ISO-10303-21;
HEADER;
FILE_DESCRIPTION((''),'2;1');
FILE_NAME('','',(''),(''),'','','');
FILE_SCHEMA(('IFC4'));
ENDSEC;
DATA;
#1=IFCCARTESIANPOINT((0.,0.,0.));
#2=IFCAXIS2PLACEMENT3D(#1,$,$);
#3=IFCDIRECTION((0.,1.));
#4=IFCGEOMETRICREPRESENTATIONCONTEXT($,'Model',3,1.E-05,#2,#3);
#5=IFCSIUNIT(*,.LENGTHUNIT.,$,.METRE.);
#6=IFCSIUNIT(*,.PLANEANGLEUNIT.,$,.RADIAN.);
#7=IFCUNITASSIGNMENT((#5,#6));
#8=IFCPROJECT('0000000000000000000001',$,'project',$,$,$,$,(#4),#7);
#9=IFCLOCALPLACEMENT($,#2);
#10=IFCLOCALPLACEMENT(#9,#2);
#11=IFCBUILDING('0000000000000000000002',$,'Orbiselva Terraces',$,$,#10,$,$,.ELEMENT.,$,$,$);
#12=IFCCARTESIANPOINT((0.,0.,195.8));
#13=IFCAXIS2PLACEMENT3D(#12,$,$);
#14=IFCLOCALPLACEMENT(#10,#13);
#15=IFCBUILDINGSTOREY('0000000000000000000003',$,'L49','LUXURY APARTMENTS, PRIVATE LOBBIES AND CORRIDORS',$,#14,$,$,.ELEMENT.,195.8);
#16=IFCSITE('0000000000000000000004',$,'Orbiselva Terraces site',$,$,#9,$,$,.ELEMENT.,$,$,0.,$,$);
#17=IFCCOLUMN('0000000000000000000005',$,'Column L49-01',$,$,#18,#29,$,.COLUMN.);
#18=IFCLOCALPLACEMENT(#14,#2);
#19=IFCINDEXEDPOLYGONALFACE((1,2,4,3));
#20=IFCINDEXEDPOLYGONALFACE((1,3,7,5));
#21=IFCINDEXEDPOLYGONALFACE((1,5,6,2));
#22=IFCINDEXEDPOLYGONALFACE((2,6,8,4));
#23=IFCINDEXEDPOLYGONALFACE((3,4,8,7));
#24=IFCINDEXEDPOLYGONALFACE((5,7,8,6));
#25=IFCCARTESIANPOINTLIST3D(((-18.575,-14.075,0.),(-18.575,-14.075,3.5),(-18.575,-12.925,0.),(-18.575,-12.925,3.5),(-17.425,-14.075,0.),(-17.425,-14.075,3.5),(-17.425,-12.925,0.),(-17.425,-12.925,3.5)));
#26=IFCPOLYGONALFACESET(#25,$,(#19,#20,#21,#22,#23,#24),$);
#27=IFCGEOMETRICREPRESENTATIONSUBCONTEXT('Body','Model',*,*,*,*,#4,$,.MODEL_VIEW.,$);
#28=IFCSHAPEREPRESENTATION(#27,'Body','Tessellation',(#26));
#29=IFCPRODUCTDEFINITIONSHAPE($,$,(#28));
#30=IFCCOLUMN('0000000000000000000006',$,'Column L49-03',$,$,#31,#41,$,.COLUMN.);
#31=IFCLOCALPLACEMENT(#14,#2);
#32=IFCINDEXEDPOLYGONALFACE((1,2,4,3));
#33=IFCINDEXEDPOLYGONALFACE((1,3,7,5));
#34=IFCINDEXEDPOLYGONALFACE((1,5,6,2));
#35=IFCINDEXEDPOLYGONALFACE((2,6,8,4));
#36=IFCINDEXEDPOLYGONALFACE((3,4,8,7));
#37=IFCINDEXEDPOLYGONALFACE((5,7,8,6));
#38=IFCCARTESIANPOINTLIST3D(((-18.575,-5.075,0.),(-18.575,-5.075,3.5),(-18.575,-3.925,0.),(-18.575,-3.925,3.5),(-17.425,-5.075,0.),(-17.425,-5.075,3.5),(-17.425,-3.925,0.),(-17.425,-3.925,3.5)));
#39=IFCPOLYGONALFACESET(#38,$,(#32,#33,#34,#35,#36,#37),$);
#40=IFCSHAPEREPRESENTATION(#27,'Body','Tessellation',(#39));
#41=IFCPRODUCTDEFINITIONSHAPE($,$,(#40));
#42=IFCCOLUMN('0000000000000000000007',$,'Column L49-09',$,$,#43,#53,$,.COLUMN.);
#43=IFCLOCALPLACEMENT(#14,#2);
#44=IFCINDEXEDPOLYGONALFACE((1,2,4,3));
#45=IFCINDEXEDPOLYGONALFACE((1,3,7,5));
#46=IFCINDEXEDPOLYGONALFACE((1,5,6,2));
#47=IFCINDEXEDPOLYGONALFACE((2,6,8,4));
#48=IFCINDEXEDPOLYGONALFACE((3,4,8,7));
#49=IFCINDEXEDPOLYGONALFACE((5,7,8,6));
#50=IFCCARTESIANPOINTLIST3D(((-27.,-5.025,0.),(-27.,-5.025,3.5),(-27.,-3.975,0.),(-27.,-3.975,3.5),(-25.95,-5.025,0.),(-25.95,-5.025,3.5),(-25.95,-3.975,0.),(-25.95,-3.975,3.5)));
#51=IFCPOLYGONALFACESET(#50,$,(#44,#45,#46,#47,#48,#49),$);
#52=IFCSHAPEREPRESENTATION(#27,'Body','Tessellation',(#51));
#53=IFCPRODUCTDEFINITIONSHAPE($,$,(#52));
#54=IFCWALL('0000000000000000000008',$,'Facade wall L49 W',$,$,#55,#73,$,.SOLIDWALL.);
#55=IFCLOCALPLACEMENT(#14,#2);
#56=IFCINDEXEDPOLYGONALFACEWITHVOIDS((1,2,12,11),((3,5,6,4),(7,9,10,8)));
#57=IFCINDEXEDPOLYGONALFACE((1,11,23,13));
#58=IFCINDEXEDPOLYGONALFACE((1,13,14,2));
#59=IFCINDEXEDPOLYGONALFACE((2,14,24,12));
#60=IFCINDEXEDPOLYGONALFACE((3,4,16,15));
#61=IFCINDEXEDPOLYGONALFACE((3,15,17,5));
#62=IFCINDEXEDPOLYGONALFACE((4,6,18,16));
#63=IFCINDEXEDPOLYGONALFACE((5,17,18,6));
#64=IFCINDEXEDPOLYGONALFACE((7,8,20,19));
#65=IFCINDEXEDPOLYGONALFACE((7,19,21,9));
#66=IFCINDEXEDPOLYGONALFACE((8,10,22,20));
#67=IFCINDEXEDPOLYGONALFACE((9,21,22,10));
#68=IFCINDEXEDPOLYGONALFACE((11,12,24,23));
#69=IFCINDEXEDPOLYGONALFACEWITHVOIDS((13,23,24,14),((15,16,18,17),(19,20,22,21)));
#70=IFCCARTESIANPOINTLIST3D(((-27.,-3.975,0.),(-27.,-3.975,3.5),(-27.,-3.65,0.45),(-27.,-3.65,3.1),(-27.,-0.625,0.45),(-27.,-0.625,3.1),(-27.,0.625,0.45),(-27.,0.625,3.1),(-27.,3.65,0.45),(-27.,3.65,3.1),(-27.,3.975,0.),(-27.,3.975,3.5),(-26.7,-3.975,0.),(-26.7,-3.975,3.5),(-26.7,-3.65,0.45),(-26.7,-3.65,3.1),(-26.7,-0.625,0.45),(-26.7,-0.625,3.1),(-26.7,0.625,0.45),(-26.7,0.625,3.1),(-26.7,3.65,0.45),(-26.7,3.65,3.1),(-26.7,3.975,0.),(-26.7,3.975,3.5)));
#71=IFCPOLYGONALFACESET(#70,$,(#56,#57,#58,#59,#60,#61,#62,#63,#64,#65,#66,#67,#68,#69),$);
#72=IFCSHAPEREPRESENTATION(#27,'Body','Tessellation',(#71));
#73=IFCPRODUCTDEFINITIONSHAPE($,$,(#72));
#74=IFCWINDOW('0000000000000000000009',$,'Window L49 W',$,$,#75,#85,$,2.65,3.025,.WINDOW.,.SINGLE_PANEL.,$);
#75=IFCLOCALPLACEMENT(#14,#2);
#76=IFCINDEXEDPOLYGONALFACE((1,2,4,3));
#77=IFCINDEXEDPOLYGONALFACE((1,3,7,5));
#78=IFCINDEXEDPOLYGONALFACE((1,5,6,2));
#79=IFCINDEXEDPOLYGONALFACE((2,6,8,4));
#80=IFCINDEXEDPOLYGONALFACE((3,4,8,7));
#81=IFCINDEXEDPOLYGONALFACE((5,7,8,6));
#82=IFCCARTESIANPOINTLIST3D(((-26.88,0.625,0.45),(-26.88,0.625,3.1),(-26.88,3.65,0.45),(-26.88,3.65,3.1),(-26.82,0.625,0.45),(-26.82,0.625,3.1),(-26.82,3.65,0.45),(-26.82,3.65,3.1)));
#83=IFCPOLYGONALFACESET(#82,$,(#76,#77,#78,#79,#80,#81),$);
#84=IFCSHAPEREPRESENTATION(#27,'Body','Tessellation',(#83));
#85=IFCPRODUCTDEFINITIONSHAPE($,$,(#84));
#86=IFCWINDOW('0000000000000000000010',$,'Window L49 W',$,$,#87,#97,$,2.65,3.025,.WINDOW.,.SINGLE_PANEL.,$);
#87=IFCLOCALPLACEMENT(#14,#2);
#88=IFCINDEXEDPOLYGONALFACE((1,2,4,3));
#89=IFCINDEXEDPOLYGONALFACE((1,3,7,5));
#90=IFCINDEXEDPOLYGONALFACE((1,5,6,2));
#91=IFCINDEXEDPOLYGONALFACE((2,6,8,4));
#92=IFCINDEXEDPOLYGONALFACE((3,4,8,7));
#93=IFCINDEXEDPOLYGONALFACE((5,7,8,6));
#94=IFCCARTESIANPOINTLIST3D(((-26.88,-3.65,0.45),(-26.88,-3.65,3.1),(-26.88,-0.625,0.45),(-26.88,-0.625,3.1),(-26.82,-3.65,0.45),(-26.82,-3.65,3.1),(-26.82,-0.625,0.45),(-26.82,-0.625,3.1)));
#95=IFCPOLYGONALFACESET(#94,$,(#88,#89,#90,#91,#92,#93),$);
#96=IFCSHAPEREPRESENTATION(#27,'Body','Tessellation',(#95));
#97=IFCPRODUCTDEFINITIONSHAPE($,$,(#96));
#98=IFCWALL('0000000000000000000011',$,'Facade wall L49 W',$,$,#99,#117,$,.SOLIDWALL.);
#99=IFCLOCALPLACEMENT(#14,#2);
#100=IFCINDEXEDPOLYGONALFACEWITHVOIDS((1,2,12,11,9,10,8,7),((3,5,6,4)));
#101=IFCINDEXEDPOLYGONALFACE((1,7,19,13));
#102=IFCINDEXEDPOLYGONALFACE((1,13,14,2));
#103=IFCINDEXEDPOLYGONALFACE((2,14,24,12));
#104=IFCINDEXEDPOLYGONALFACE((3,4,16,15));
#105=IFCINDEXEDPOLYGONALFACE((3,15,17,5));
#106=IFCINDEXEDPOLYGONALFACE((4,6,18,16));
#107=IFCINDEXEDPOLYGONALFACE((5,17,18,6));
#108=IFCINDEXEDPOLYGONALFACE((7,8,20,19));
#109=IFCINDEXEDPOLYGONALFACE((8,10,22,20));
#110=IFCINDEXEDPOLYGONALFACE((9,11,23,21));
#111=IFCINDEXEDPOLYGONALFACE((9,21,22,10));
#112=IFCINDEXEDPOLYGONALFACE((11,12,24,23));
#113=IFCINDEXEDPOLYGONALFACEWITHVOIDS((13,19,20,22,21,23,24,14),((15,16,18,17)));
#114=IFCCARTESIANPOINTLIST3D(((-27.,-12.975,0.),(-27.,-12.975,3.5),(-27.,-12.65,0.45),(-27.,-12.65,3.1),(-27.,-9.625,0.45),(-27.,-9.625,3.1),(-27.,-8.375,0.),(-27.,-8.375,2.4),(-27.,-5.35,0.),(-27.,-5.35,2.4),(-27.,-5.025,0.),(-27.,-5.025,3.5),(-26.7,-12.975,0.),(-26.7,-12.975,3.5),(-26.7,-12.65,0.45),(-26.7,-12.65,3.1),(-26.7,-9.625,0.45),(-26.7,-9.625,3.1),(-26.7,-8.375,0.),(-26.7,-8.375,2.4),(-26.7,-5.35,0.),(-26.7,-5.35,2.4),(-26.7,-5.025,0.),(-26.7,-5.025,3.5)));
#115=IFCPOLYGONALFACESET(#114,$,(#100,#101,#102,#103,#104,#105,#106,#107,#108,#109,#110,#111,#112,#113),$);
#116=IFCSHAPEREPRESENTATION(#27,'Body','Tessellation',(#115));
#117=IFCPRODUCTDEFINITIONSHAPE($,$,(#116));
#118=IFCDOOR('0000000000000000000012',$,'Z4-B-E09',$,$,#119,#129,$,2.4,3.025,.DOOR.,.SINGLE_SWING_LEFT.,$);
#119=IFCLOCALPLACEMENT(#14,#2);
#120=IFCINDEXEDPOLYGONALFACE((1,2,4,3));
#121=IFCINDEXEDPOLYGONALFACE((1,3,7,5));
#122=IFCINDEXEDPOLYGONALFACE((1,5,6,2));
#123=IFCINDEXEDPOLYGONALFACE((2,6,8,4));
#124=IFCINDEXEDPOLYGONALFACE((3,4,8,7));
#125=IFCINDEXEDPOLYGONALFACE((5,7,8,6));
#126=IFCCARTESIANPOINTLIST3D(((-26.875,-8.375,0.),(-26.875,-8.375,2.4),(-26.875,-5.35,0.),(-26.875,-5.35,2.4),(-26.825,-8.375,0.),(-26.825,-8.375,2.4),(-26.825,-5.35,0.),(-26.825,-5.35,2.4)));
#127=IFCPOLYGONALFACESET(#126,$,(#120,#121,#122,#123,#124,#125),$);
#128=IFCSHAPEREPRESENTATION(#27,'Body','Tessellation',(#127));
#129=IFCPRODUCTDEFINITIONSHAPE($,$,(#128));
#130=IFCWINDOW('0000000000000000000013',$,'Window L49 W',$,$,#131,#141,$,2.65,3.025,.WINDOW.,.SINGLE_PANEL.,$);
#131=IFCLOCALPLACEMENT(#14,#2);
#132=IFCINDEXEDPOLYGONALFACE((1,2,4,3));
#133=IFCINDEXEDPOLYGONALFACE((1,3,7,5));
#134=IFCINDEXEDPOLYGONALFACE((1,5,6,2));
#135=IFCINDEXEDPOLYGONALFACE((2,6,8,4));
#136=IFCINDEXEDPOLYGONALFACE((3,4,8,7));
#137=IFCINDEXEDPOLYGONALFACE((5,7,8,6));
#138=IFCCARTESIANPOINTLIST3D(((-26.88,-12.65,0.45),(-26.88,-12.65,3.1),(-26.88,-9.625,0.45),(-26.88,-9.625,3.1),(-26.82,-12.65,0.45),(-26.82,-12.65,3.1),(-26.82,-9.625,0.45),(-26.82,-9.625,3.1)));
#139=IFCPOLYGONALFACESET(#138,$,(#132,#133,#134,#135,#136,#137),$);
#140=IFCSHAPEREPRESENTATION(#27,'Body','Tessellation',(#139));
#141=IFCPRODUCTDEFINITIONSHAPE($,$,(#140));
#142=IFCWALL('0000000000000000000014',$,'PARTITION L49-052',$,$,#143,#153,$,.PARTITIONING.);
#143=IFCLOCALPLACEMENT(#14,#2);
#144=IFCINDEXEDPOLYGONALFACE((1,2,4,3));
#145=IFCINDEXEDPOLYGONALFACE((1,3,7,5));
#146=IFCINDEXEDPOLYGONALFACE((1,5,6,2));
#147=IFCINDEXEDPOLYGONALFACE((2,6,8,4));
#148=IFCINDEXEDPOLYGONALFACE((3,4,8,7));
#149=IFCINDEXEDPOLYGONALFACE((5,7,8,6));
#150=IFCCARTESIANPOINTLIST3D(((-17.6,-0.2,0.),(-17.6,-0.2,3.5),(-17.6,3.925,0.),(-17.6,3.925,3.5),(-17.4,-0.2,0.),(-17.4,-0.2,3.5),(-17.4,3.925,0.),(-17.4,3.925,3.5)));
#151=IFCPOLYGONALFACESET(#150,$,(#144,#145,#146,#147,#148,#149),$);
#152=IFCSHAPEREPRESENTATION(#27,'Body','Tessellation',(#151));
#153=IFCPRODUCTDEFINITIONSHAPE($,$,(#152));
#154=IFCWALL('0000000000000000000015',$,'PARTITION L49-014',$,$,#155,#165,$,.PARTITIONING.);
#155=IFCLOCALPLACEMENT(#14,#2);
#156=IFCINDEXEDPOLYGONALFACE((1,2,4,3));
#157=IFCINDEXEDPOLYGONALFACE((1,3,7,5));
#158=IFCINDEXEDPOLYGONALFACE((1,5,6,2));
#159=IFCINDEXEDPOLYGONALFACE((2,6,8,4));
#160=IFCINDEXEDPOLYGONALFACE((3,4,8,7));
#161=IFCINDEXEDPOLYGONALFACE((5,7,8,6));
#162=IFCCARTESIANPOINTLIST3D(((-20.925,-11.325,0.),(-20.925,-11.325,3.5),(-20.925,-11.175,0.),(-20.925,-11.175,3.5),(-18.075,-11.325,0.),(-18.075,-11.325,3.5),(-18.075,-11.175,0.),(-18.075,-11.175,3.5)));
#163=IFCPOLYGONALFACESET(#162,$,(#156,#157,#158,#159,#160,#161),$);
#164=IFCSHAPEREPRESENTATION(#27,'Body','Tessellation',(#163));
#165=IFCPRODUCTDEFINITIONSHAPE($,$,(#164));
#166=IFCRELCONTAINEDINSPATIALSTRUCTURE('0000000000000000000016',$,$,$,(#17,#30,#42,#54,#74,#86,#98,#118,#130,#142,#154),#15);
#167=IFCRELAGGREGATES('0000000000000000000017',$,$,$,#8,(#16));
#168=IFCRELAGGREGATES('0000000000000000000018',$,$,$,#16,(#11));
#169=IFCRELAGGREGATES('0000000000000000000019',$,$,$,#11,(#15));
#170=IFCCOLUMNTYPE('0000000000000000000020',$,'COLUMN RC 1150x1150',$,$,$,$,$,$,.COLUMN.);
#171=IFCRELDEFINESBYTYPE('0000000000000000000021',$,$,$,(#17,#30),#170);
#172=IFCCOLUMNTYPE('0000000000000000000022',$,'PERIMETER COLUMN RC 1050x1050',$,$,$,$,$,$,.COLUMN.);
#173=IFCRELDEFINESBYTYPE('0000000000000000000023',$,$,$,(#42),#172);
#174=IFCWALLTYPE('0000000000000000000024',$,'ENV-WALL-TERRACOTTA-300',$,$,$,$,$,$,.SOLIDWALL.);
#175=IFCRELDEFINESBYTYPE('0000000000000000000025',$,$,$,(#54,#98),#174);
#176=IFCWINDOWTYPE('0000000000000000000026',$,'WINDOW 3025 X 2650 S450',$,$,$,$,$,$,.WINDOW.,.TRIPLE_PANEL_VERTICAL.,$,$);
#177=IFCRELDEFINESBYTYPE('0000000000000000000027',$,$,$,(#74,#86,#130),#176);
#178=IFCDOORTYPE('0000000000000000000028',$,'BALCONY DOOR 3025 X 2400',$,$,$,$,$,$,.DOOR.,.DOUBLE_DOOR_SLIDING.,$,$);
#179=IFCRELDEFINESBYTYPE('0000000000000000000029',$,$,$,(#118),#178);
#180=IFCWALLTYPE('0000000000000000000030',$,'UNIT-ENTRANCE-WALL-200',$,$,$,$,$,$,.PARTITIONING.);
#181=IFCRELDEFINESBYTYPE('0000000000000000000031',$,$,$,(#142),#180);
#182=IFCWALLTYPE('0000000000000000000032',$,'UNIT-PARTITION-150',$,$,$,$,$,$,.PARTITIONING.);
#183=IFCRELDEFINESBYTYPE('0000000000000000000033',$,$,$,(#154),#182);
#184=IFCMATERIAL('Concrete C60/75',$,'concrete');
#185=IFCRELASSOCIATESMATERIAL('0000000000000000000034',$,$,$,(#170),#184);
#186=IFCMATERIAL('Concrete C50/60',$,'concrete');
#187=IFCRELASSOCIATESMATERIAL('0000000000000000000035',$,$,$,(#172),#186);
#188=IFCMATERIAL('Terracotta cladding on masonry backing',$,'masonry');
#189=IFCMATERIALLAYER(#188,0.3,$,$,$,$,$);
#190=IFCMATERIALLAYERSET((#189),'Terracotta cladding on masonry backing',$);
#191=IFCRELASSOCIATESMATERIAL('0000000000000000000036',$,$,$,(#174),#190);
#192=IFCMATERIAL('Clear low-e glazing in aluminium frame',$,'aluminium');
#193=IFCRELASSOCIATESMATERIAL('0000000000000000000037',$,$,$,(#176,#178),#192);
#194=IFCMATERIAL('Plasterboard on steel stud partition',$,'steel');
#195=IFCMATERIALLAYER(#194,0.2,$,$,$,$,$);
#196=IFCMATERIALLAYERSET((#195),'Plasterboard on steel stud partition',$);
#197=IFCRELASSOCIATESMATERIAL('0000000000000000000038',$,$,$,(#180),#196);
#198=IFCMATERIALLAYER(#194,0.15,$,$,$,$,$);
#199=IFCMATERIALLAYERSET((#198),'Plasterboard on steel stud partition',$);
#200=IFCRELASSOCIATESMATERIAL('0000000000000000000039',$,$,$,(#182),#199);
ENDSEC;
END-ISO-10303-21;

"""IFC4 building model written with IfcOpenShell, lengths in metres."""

from ifc_helpers import new_model, si_unit, direction, frame, frame_2d, origin, origin_2d, place, context, subcontext, project, spatial, rectangle, extrude, material, layer, layer_set, material_profile, profile_set, type_object, element, fill, save


model = new_model("IFC4")

# Units and contexts
model_context = context("Model", 3, precision=1e-05, world=origin(), true_north=direction((0.0, 1.0)))
body_context = subcontext(model_context, "Body", "Model", "MODEL_VIEW")
ifc_project = project(units=[si_unit("LENGTHUNIT", "METRE"), si_unit("PLANEANGLEUNIT", "RADIAN")], contexts=[model_context])

# Site, building, storey
site_placement = place(None, origin())
site = spatial("IfcSite", under=ifc_project, at=site_placement, Name="Orbiselva Terraces site", CompositionType="ELEMENT", RefElevation=0.0)
building_placement = place(site_placement, origin())
building = spatial("IfcBuilding", under=site, at=building_placement, Name="Orbiselva Terraces", CompositionType="ELEMENT")
storey_placement = place(building_placement, frame((0.0, 0.0, 195.8)))
storey = spatial("IfcBuildingStorey", under=building, at=storey_placement, Name="L49", Description="LUXURY APARTMENTS, PRIVATE LOBBIES AND CORRIDORS", CompositionType="ELEMENT", Elevation=195.8)

# Columns
ifc_material_1 = material(Name="Concrete C60/75", Category="concrete")
ifc_material_profile_1 = material_profile(ifc_material_1, rectangle(XDim=1.15, YDim=1.15, at=origin_2d()), Name="RC 1150x1150")
ifc_profile_set_1 = profile_set([ifc_material_profile_1], Name="Concrete C60/75")
column_type_1 = type_object("IfcColumnType", Name="COLUMN RC 1150x1150", PredefinedType="COLUMN", material=ifc_profile_set_1)
for number, where, z_axis, x_axis, name in (
    (1, (-18.0, -13.5, 0.0), (0.0, 0.0, 1.0), (1.0, 0.0, 0.0), "Column L49-01"),
    (2, (-18.0, -4.5, 0.0), (0.0, 0.0, 1.0), (1.0, 0.0, 0.0), "Column L49-03"),
):
    element("IfcColumn", number, at=place(storey_placement, frame(where, z_axis=z_axis, x_axis=x_axis)), inside=storey, type_object=column_type_1, Name=name, PredefinedType="COLUMN", context=body_context, shape_type="SweptSolid", body=[
        extrude(rectangle(XDim=1.15, YDim=1.15, at=origin_2d()), origin(), (0.0, 0.0, 1.0), 3.5),
    ])
ifc_material_2 = material(Name="Concrete C50/60", Category="concrete")
ifc_material_profile_2 = material_profile(ifc_material_2, rectangle(XDim=1.05, YDim=1.05, at=origin_2d()), Name="RC 1050x1050")
ifc_profile_set_2 = profile_set([ifc_material_profile_2], Name="Concrete C50/60")
column_type_2 = type_object("IfcColumnType", Name="PERIMETER COLUMN RC 1050x1050", PredefinedType="COLUMN", material=ifc_profile_set_2)
column_placement = place(storey_placement, frame((-26.475, -4.5, 0.0), z_axis=(0.0, 0.0, 1.0), x_axis=(1.0, 0.0, 0.0)))
element("IfcColumn", 3, at=column_placement, inside=storey, type_object=column_type_2, Name="Column L49-09", PredefinedType="COLUMN", context=body_context, shape_type="SweptSolid", body=[
    extrude(rectangle(XDim=1.05, YDim=1.05, at=origin_2d()), origin(), (0.0, 0.0, 1.0), 3.5),
])

# Wall, openings, windows
ifc_material_3 = material(Name="Terracotta cladding on masonry backing", Category="masonry")
ifc_layer_1 = layer(ifc_material_3, 0.3)
ifc_layer_set_1 = layer_set([ifc_layer_1], Name="Terracotta cladding on masonry backing")
wall_type_1 = type_object("IfcWallType", Name="ENV-WALL-TERRACOTTA-300", PredefinedType="SOLIDWALL", material=ifc_layer_set_1)
wall_1_placement = place(storey_placement, frame((-26.85, -3.975, 0.0), z_axis=(0.0, 0.0, 1.0), x_axis=(0.0, 1.0, 0.0)))
wall_1 = element("IfcWall", 4, at=wall_1_placement, inside=storey, type_object=wall_type_1, Name="Facade wall L49 W", PredefinedType="SOLIDWALL", context=body_context, shape_type="SweptSolid", body=[
    extrude(rectangle(XDim=7.95, YDim=0.3, at=frame_2d((3.975, 0.0))), origin(), (0.0, 0.0, 1.0), 3.5),
])
opening_1_placement = place(wall_1_placement, frame((4.6, 0.0, 0.45)))
opening_1 = element("IfcOpeningElement", 5, at=opening_1_placement, cuts=wall_1, PredefinedType="OPENING", context=body_context, shape_type="SweptSolid", body=[
    extrude(rectangle(XDim=3.025, YDim=2.65, at=frame_2d((1.5125, 1.325))), frame((0.0, 0.16, 0.0), z_axis=(0.0, -1.0, 0.0), x_axis=(1.0, 0.0, 0.0)), (0.0, 0.0, 1.0), 0.32),
])
opening_2_placement = place(wall_1_placement, frame((0.325, 0.0, 0.45)))
opening_2 = element("IfcOpeningElement", 6, at=opening_2_placement, cuts=wall_1, PredefinedType="OPENING", context=body_context, shape_type="SweptSolid", body=[
    extrude(rectangle(XDim=3.025, YDim=2.65, at=frame_2d((1.5125, 1.325))), frame((0.0, 0.16, 0.0), z_axis=(0.0, -1.0, 0.0), x_axis=(1.0, 0.0, 0.0)), (0.0, 0.0, 1.0), 0.32),
])
ifc_material_4 = material(Name="Clear low-e glazing in aluminium frame", Category="aluminium")
window_type = type_object("IfcWindowType", Name="WINDOW 3025 X 2650 S450", PartitioningType="TRIPLE_PANEL_VERTICAL", PredefinedType="WINDOW", material=ifc_material_4)
window_1_placement = place(opening_1_placement, origin())
window_1 = element("IfcWindow", 7, at=window_1_placement, inside=storey, type_object=window_type, Name="Window L49 W", OverallHeight=2.65, OverallWidth=3.025, PartitioningType="SINGLE_PANEL", PredefinedType="WINDOW", context=body_context, shape_type="SweptSolid", body=[
    extrude(rectangle(XDim=3.025, YDim=2.65, at=frame_2d((1.5125, 1.325))), frame((0.0, 0.03, 0.0), z_axis=(0.0, -1.0, 0.0), x_axis=(1.0, 0.0, 0.0)), (0.0, 0.0, 1.0), 0.06),
])
fill(opening_1, window_1)
window_2_placement = place(opening_2_placement, origin())
window_2 = element("IfcWindow", 8, at=window_2_placement, inside=storey, type_object=window_type, Name="Window L49 W", OverallHeight=2.65, OverallWidth=3.025, PartitioningType="SINGLE_PANEL", PredefinedType="WINDOW", context=body_context, shape_type="SweptSolid", body=[
    extrude(rectangle(XDim=3.025, YDim=2.65, at=frame_2d((1.5125, 1.325))), frame((0.0, 0.03, 0.0), z_axis=(0.0, -1.0, 0.0), x_axis=(1.0, 0.0, 0.0)), (0.0, 0.0, 1.0), 0.06),
])
fill(opening_2, window_2)

# Wall, openings, door, window
wall_2_placement = place(storey_placement, frame((-26.85, -12.975, 0.0), z_axis=(0.0, 0.0, 1.0), x_axis=(0.0, 1.0, 0.0)))
wall_2 = element("IfcWall", 9, at=wall_2_placement, inside=storey, type_object=wall_type_1, Name="Facade wall L49 W", PredefinedType="SOLIDWALL", context=body_context, shape_type="SweptSolid", body=[
    extrude(rectangle(XDim=7.95, YDim=0.3, at=frame_2d((3.975, 0.0))), origin(), (0.0, 0.0, 1.0), 3.5),
])
opening_3_placement = place(wall_2_placement, frame((4.6, 0.0, 0.0)))
opening_3 = element("IfcOpeningElement", 10, at=opening_3_placement, cuts=wall_2, PredefinedType="OPENING", context=body_context, shape_type="SweptSolid", body=[
    extrude(rectangle(XDim=3.025, YDim=2.4, at=frame_2d((1.5125, 1.2))), frame((0.0, 0.16, 0.0), z_axis=(0.0, -1.0, 0.0), x_axis=(1.0, 0.0, 0.0)), (0.0, 0.0, 1.0), 0.32),
])
opening_4_placement = place(wall_2_placement, frame((0.325, 0.0, 0.45)))
opening_4 = element("IfcOpeningElement", 11, at=opening_4_placement, cuts=wall_2, PredefinedType="OPENING", context=body_context, shape_type="SweptSolid", body=[
    extrude(rectangle(XDim=3.025, YDim=2.65, at=frame_2d((1.5125, 1.325))), frame((0.0, 0.16, 0.0), z_axis=(0.0, -1.0, 0.0), x_axis=(1.0, 0.0, 0.0)), (0.0, 0.0, 1.0), 0.32),
])
door_type_1 = type_object("IfcDoorType", Name="BALCONY DOOR 3025 X 2400", OperationType="DOUBLE_DOOR_SLIDING", PredefinedType="DOOR", material=ifc_material_4)
door_1_placement = place(opening_3_placement, origin())
door_1 = element("IfcDoor", 12, at=door_1_placement, inside=storey, type_object=door_type_1, Name="Z4-B-E09", OperationType="SINGLE_SWING_LEFT", OverallHeight=2.4, OverallWidth=3.025, PredefinedType="DOOR", context=body_context, shape_type="SweptSolid", body=[
    extrude(rectangle(XDim=3.025, YDim=2.4, at=frame_2d((1.5125, 1.2))), frame((0.0, 0.025, 0.0), z_axis=(0.0, -1.0, 0.0), x_axis=(1.0, 0.0, 0.0)), (0.0, 0.0, 1.0), 0.05),
])
fill(opening_3, door_1)
window_3_placement = place(opening_4_placement, origin())
window_3 = element("IfcWindow", 13, at=window_3_placement, inside=storey, type_object=window_type, Name="Window L49 W", OverallHeight=2.65, OverallWidth=3.025, PartitioningType="SINGLE_PANEL", PredefinedType="WINDOW", context=body_context, shape_type="SweptSolid", body=[
    extrude(rectangle(XDim=3.025, YDim=2.65, at=frame_2d((1.5125, 1.325))), frame((0.0, 0.03, 0.0), z_axis=(0.0, -1.0, 0.0), x_axis=(1.0, 0.0, 0.0)), (0.0, 0.0, 1.0), 0.06),
])
fill(opening_4, window_3)

# Walls
ifc_material_5 = material(Name="Plasterboard on steel stud partition", Category="steel")
ifc_layer_2 = layer(ifc_material_5, 0.2)
ifc_layer_set_2 = layer_set([ifc_layer_2], Name="Plasterboard on steel stud partition")
wall_type_2 = type_object("IfcWallType", Name="UNIT-ENTRANCE-WALL-200", PredefinedType="PARTITIONING", material=ifc_layer_set_2)
wall_3_placement = place(storey_placement, frame((-17.5, -0.2, 0.0), z_axis=(0.0, 0.0, 1.0), x_axis=(0.0, 1.0, 0.0)))
element("IfcWall", 14, at=wall_3_placement, inside=storey, type_object=wall_type_2, Name="PARTITION L49-052", PredefinedType="PARTITIONING", context=body_context, shape_type="SweptSolid", body=[
    extrude(rectangle(XDim=4.125, YDim=0.2, at=frame_2d((2.0625, 0.0))), origin(), (0.0, 0.0, 1.0), 3.5),
])
ifc_layer_3 = layer(ifc_material_5, 0.15)
ifc_layer_set_3 = layer_set([ifc_layer_3], Name="Plasterboard on steel stud partition")
wall_type_3 = type_object("IfcWallType", Name="UNIT-PARTITION-150", PredefinedType="PARTITIONING", material=ifc_layer_set_3)
wall_4_placement = place(storey_placement, frame((-20.925, -11.25, 0.0), z_axis=(0.0, 0.0, 1.0), x_axis=(1.0, 0.0, 0.0)))
element("IfcWall", 15, at=wall_4_placement, inside=storey, type_object=wall_type_3, Name="PARTITION L49-014", PredefinedType="PARTITIONING", context=body_context, shape_type="SweptSolid", body=[
    extrude(rectangle(XDim=2.85, YDim=0.15, at=frame_2d((1.425, 0.0))), origin(), (0.0, 0.0, 1.0), 3.5),
])

save(model, "model.ifc")
